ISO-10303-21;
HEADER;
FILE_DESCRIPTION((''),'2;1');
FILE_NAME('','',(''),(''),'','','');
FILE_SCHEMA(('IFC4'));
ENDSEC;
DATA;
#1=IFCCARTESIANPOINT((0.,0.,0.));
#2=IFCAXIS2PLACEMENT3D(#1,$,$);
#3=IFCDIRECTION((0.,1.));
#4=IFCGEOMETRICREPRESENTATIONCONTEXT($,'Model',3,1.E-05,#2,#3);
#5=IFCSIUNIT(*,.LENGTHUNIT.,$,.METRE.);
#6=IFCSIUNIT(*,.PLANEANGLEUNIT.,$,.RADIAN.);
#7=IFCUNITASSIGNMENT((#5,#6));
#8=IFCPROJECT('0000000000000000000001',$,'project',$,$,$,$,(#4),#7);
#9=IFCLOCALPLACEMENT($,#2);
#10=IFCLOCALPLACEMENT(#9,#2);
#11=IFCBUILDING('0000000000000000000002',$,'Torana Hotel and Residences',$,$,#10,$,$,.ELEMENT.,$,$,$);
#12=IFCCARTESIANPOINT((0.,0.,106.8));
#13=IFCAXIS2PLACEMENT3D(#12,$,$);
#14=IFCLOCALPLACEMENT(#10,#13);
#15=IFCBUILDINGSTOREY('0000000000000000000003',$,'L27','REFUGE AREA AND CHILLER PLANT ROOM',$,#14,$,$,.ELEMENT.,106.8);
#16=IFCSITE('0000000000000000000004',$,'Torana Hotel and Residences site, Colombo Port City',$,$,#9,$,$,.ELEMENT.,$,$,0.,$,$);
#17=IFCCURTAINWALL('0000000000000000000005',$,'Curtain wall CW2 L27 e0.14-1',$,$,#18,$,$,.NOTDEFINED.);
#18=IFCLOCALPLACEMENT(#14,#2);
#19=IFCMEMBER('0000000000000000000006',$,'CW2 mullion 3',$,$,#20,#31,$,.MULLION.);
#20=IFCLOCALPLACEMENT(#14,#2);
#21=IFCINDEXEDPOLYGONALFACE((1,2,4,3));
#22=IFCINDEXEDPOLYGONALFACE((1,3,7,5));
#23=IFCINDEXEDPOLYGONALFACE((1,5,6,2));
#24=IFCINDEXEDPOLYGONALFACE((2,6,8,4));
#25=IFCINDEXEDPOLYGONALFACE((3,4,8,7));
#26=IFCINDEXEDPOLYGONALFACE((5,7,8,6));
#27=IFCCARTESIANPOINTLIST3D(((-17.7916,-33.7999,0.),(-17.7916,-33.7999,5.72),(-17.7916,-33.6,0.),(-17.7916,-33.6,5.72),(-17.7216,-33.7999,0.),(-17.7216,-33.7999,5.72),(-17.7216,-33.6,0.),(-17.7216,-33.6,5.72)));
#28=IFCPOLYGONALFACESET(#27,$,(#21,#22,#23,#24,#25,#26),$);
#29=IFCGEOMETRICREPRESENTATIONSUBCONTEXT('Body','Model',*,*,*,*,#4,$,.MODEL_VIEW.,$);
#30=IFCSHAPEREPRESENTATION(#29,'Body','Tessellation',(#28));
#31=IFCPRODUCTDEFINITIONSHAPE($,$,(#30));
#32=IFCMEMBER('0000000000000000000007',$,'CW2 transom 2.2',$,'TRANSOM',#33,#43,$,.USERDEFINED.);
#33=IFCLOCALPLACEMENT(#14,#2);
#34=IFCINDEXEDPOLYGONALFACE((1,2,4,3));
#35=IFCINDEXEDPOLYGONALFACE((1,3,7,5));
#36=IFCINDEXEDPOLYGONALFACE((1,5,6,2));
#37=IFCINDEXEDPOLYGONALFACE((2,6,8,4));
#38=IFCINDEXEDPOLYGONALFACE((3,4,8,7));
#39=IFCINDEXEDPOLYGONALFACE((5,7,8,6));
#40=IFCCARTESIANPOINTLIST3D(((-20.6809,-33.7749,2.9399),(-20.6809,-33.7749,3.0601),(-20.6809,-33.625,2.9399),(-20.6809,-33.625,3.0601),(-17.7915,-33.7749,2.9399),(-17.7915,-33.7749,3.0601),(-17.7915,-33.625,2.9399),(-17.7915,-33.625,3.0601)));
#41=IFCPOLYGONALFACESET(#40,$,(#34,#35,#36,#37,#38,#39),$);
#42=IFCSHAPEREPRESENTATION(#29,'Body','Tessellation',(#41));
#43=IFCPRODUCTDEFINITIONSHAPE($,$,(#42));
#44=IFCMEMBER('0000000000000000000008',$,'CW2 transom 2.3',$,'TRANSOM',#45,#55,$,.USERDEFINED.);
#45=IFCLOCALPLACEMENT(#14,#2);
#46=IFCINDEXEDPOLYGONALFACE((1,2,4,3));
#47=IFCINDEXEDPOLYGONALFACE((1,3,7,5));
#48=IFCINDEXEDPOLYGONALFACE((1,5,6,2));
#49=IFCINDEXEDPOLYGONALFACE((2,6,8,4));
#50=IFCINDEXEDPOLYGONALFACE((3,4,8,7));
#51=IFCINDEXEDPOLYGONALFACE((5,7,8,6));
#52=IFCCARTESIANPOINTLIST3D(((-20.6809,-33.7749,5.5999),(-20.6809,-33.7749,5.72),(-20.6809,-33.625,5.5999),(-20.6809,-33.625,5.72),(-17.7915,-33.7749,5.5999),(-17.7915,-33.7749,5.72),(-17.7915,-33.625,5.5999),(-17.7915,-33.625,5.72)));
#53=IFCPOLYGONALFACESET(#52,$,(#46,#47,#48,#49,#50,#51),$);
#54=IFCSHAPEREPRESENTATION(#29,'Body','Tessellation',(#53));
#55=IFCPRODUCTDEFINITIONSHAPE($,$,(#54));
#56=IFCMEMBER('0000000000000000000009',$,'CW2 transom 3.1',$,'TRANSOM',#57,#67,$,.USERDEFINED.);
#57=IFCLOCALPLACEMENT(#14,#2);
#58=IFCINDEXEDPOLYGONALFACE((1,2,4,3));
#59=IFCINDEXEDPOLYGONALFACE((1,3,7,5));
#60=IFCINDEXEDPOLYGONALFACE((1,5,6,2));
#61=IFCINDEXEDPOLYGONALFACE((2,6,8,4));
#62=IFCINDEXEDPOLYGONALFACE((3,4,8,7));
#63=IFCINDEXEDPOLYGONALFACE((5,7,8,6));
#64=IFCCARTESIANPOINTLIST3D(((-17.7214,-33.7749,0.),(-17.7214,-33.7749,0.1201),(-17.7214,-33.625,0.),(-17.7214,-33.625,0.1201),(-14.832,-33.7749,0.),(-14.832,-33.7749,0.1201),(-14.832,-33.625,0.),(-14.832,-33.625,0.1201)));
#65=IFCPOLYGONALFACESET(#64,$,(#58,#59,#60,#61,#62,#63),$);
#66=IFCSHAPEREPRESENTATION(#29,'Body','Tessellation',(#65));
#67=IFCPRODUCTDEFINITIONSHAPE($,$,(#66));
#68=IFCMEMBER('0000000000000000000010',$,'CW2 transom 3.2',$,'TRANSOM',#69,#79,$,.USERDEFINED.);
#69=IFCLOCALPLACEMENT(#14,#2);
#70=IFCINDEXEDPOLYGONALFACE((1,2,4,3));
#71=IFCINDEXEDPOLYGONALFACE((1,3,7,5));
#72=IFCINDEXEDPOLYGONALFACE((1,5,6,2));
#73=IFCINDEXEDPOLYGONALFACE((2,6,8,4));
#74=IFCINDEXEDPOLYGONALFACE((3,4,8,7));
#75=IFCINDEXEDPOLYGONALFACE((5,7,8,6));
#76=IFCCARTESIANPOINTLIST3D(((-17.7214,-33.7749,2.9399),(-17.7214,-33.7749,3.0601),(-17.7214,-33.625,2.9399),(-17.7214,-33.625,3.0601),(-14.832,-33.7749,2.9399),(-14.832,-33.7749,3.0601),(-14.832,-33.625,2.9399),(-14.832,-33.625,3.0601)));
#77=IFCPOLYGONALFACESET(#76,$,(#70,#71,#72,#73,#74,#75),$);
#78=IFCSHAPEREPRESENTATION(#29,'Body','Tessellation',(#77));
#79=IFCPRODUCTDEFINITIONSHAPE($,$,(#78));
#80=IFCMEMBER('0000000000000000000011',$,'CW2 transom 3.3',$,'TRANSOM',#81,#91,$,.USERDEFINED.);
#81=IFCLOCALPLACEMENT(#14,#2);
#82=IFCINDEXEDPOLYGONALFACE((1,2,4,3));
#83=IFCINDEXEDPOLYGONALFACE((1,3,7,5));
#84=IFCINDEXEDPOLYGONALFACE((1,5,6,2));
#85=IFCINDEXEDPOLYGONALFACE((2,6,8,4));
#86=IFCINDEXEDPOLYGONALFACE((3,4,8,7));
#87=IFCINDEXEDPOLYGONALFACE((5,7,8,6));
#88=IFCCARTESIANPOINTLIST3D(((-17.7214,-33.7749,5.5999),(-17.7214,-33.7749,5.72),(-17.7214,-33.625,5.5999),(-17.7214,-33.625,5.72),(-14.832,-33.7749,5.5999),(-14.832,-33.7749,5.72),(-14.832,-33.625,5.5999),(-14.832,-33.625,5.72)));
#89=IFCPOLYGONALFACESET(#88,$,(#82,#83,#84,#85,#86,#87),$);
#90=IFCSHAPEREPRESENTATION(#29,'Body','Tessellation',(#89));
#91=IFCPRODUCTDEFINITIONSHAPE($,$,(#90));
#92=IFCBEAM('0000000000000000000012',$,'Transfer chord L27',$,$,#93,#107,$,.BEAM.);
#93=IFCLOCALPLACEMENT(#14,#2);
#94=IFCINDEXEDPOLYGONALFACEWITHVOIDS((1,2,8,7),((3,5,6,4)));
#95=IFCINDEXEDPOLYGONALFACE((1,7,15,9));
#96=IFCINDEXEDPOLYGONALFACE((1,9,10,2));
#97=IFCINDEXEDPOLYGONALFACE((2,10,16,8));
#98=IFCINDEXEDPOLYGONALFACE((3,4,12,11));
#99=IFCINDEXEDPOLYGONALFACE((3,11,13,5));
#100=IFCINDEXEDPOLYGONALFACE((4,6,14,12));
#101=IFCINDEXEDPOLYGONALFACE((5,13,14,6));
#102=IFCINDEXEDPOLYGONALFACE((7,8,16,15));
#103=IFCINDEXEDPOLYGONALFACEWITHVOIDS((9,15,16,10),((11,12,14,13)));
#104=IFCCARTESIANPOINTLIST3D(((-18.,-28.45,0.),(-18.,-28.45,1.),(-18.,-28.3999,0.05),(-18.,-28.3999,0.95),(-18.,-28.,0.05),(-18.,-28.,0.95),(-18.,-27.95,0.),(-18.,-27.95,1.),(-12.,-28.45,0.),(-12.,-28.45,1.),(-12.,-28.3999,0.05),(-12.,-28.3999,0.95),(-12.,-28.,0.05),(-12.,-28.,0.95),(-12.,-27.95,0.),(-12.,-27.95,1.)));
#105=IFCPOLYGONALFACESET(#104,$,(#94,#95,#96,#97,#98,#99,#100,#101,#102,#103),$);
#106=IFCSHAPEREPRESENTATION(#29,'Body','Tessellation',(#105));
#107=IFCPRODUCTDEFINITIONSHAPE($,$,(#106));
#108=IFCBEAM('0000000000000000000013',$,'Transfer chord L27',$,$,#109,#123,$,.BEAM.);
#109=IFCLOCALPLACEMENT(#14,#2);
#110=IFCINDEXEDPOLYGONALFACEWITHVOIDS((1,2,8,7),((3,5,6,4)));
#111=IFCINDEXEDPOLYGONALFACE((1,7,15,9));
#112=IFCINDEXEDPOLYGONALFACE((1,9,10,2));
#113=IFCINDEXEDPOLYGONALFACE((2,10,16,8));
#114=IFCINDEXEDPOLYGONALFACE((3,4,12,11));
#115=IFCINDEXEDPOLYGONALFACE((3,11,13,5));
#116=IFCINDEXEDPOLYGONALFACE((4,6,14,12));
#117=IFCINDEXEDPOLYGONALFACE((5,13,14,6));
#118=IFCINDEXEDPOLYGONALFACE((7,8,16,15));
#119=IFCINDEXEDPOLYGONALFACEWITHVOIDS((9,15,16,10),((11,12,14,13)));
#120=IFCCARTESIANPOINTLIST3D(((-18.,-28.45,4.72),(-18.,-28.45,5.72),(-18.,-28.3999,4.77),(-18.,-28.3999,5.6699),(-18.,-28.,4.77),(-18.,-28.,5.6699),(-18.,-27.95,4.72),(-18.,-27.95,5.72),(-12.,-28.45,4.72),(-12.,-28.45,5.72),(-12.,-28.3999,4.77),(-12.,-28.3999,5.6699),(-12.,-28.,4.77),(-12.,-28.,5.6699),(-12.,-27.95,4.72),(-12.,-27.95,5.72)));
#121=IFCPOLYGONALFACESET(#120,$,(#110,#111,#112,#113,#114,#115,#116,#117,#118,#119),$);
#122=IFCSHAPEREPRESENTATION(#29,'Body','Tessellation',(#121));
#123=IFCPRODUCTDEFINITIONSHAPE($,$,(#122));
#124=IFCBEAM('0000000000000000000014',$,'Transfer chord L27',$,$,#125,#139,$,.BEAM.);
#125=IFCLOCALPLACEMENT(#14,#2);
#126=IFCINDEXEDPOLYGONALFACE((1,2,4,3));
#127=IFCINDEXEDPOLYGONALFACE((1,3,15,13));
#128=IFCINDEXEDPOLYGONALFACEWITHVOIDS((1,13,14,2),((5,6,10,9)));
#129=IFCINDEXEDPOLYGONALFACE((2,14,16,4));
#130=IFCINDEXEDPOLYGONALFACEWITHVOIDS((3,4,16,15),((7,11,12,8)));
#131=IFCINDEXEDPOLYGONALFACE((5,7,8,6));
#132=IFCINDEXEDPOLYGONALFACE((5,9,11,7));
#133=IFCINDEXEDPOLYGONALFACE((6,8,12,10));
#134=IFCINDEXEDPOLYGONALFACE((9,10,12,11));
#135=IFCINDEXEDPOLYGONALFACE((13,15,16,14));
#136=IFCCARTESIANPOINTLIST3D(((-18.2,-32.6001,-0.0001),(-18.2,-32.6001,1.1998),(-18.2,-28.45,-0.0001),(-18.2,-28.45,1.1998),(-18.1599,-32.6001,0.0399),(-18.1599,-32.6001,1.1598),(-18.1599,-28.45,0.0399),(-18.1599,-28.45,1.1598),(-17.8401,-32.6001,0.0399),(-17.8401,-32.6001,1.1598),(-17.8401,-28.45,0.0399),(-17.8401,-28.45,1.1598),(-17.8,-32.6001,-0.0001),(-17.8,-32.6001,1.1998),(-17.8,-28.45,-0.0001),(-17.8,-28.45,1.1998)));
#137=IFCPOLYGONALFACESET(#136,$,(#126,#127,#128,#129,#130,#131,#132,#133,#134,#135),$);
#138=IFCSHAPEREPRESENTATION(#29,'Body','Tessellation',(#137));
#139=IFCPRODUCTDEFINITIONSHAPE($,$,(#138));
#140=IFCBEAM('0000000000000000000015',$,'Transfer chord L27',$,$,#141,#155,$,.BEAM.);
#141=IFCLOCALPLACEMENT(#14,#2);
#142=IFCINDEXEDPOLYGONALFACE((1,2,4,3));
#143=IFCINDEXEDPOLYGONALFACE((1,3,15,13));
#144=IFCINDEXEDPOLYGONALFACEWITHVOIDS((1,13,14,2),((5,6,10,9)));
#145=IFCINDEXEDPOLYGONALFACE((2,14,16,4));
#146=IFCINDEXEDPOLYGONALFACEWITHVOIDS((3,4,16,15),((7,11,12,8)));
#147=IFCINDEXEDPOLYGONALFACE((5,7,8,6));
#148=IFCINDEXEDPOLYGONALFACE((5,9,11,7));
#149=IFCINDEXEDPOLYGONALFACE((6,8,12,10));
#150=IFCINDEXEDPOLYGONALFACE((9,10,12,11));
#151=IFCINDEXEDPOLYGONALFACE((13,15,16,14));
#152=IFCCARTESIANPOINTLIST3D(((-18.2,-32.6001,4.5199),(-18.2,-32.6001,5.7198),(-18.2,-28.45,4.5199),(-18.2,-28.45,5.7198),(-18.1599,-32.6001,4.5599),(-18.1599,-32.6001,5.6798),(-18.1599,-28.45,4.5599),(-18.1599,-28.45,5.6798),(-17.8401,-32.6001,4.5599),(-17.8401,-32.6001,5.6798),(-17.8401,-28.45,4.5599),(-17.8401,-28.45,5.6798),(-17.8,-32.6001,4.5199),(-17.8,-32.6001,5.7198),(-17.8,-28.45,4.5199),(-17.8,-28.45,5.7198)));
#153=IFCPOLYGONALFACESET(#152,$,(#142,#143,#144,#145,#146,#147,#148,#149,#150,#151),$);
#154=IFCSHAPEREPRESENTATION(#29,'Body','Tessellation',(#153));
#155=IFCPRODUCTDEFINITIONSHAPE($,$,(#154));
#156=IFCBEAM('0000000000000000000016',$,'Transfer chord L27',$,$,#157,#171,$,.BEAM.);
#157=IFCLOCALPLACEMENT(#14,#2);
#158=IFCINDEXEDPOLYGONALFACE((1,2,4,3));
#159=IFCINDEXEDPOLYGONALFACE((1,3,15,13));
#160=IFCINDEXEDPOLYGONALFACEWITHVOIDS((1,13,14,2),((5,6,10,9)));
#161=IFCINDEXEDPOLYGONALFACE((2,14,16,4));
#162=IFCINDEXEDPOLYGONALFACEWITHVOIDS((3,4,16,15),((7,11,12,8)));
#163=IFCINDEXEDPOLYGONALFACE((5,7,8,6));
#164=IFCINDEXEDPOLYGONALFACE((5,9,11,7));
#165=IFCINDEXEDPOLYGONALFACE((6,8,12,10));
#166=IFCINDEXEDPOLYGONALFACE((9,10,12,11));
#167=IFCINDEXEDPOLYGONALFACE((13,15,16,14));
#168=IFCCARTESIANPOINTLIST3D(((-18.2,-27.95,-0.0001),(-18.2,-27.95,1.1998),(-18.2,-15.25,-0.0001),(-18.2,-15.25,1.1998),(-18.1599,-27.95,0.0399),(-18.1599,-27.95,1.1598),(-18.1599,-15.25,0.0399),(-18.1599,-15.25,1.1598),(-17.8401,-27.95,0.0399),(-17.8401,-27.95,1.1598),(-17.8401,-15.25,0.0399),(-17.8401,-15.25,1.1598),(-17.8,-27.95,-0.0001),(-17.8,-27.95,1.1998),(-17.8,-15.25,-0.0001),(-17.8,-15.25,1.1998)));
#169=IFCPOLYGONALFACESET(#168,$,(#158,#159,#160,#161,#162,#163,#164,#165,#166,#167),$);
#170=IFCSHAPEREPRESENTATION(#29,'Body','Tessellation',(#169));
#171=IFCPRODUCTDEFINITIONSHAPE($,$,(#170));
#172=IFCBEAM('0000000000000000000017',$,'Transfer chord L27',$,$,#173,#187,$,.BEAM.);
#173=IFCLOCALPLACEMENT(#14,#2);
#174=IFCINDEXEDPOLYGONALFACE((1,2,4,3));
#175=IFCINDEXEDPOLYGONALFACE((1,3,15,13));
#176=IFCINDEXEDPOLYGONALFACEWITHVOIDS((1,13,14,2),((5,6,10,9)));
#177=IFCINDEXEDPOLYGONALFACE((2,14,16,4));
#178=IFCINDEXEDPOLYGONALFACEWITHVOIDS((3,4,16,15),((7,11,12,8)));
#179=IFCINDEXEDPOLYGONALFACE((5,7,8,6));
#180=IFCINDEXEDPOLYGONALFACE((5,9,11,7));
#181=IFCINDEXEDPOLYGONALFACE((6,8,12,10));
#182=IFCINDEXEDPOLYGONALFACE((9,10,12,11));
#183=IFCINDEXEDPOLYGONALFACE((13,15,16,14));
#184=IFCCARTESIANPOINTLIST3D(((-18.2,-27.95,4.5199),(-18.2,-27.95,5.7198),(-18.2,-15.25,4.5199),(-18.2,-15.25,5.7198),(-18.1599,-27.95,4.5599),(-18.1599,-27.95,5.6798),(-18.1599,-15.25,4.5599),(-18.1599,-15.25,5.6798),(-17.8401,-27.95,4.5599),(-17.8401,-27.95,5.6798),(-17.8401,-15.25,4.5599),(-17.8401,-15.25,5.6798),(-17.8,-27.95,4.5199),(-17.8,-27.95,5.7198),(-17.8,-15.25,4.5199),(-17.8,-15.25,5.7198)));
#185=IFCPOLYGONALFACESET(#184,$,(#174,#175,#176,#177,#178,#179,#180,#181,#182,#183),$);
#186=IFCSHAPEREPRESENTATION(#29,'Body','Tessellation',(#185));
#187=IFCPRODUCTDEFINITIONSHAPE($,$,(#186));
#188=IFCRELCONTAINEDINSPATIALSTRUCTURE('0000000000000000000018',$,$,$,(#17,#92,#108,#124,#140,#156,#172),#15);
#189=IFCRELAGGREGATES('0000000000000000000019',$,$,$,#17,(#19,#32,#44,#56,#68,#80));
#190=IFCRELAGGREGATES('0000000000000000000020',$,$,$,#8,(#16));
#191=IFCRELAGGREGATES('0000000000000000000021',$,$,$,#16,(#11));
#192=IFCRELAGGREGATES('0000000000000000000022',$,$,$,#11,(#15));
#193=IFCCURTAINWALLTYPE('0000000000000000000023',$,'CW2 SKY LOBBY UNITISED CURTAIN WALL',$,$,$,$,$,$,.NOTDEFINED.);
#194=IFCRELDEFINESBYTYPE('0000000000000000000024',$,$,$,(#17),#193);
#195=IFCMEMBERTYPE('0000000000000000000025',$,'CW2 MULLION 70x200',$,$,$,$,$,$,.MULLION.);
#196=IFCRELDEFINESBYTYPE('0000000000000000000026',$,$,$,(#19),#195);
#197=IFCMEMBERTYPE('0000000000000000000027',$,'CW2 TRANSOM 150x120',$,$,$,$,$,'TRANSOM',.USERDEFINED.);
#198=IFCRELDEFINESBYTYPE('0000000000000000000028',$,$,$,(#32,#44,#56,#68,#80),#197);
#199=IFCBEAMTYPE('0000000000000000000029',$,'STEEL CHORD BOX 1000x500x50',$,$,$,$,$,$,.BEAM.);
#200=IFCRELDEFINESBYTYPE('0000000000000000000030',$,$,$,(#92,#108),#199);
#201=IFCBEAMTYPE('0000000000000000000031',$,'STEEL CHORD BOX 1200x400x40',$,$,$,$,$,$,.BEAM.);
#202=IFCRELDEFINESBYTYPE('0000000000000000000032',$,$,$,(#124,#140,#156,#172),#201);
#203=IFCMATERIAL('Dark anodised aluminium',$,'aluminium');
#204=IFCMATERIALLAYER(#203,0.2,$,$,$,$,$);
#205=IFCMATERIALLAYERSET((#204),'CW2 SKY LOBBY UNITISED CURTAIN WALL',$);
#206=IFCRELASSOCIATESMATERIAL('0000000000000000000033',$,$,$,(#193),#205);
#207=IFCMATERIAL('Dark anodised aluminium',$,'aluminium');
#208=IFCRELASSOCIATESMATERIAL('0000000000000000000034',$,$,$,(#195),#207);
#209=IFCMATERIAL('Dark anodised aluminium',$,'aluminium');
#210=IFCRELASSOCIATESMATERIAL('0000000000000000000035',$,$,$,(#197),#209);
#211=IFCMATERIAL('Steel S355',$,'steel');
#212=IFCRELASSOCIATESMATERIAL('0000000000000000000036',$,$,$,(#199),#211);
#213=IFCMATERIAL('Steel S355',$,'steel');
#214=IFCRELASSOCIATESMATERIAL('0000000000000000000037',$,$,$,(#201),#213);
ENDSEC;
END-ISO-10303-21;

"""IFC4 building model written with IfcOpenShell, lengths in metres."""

from ifc_helpers import new_model, si_unit, direction, frame, origin, origin_2d, place, context, subcontext, project, spatial, rectangle, hollow_rectangle, extrude, material, layer, layer_set, material_profile, profile_set, type_object, element, aggregate, save


model = new_model("IFC4")

# Units and contexts
model_context = context("Model", 3, precision=1e-05, world=origin(), true_north=direction((0.0, 1.0)))
body_context = subcontext(model_context, "Body", "Model", "MODEL_VIEW")
ifc_project = project(units=[si_unit("LENGTHUNIT", "METRE"), si_unit("PLANEANGLEUNIT", "RADIAN")], contexts=[model_context])

# Site, building, storey
site_placement = place(None, origin())
site = spatial("IfcSite", under=ifc_project, at=site_placement, Name="Torana Hotel and Residences site, Colombo Port City", CompositionType="ELEMENT", RefElevation=0.0)
building_placement = place(site_placement, origin())
building = spatial("IfcBuilding", under=site, at=building_placement, Name="Torana Hotel and Residences", CompositionType="ELEMENT")
storey_placement = place(building_placement, frame((0.0, 0.0, 106.8)))
storey = spatial("IfcBuildingStorey", under=building, at=storey_placement, Name="L27", Description="REFUGE AREA AND CHILLER PLANT ROOM", CompositionType="ELEMENT", Elevation=106.8)

# Curtain wall, members
ifc_material_1 = material(Name="Dark anodised aluminium", Category="aluminium")
ifc_layer_1 = layer(ifc_material_1, 0.2)
ifc_layer_set_1 = layer_set([ifc_layer_1], Name="CW2 SKY LOBBY UNITISED CURTAIN WALL")
curtain_wall_type = type_object("IfcCurtainWallType", Name="CW2 SKY LOBBY UNITISED CURTAIN WALL", PredefinedType="NOTDEFINED", material=ifc_layer_set_1)
curtain_wall_placement = place(storey_placement, origin())
curtain_wall = element("IfcCurtainWall", 1, at=curtain_wall_placement, inside=storey, type_object=curtain_wall_type, Name="Curtain wall CW2 L27 e0.14-1", PredefinedType="NOTDEFINED")
ifc_material_2 = material(Name="Dark anodised aluminium", Category="aluminium")
ifc_material_profile_1 = material_profile(ifc_material_2, rectangle(XDim=0.2, YDim=0.0701, at=origin_2d()), Name="CW2 MULLION 70x200")
ifc_profile_set_1 = profile_set([ifc_material_profile_1], Name="Dark anodised aluminium")
member_type_1 = type_object("IfcMemberType", Name="CW2 MULLION 70x200", PredefinedType="MULLION", material=ifc_profile_set_1)
member_1_placement = place(storey_placement, frame((-17.7566, -33.7, 0.0), z_axis=(0.0, 0.0, 1.0), x_axis=(0.0, 1.0, 0.0)))
member_1 = element("IfcMember", 2, at=member_1_placement, type_object=member_type_1, Name="CW2 mullion 3", PredefinedType="MULLION", context=body_context, shape_type="SweptSolid", body=[
    extrude(rectangle(XDim=0.2, YDim=0.0701, at=origin_2d()), origin(), (0.0, 0.0, 1.0), 5.72),
])
ifc_material_3 = material(Name="Dark anodised aluminium", Category="aluminium")
ifc_material_profile_2 = material_profile(ifc_material_3, rectangle(XDim=0.1499, YDim=0.1201, at=origin_2d()), Name="CW2 TRANSOM 150x120")
ifc_profile_set_2 = profile_set([ifc_material_profile_2], Name="Dark anodised aluminium")
member_type_2 = type_object("IfcMemberType", Name="CW2 TRANSOM 150x120", ElementType="TRANSOM", PredefinedType="USERDEFINED", material=ifc_profile_set_2)
member_2_placement = place(storey_placement, frame((-20.6809, -33.7, 3.0), z_axis=(1.0, 0.0, 0.0), x_axis=(0.0, 1.0, 0.0)))
member_2 = element("IfcMember", 3, at=member_2_placement, type_object=member_type_2, Name="CW2 transom 2.2", ObjectType="TRANSOM", PredefinedType="USERDEFINED", context=body_context, shape_type="SweptSolid", body=[
    extrude(rectangle(XDim=0.1499, YDim=0.1201, at=origin_2d()), origin(), (0.0, 0.0, 1.0), 2.8894),
])
member_3_placement = place(storey_placement, frame((-20.6809, -33.7, 5.6599), z_axis=(1.0, 0.0, 0.0), x_axis=(0.0, 1.0, 0.0)))
member_3 = element("IfcMember", 4, at=member_3_placement, type_object=member_type_2, Name="CW2 transom 2.3", ObjectType="TRANSOM", PredefinedType="USERDEFINED", context=body_context, shape_type="SweptSolid", body=[
    extrude(rectangle(XDim=0.1499, YDim=0.1201, at=origin_2d()), origin(), (0.0, 0.0, 1.0), 2.8894),
])
member_4_placement = place(storey_placement, frame((-17.7214, -33.7, 0.0601), z_axis=(1.0, 0.0, 0.0), x_axis=(0.0, 1.0, 0.0)))
member_4 = element("IfcMember", 5, at=member_4_placement, type_object=member_type_2, Name="CW2 transom 3.1", ObjectType="TRANSOM", PredefinedType="USERDEFINED", context=body_context, shape_type="SweptSolid", body=[
    extrude(rectangle(XDim=0.1499, YDim=0.1201, at=origin_2d()), origin(), (0.0, 0.0, 1.0), 2.8894),
])
member_5_placement = place(storey_placement, frame((-17.7214, -33.7, 3.0), z_axis=(1.0, 0.0, 0.0), x_axis=(0.0, 1.0, 0.0)))
member_5 = element("IfcMember", 6, at=member_5_placement, type_object=member_type_2, Name="CW2 transom 3.2", ObjectType="TRANSOM", PredefinedType="USERDEFINED", context=body_context, shape_type="SweptSolid", body=[
    extrude(rectangle(XDim=0.1499, YDim=0.1201, at=origin_2d()), origin(), (0.0, 0.0, 1.0), 2.8894),
])
member_6_placement = place(storey_placement, frame((-17.7214, -33.7, 5.6599), z_axis=(1.0, 0.0, 0.0), x_axis=(0.0, 1.0, 0.0)))
member_6 = element("IfcMember", 7, at=member_6_placement, type_object=member_type_2, Name="CW2 transom 3.3", ObjectType="TRANSOM", PredefinedType="USERDEFINED", context=body_context, shape_type="SweptSolid", body=[
    extrude(rectangle(XDim=0.1499, YDim=0.1201, at=origin_2d()), origin(), (0.0, 0.0, 1.0), 2.8894),
])

# Beams
ifc_material_4 = material(Name="Steel S355", Category="steel")
ifc_material_profile_3 = material_profile(ifc_material_4, hollow_rectangle(XDim=0.5, YDim=1.0, WallThickness=0.05, at=origin_2d()), Name="BOX 1000x500x50")
ifc_profile_set_3 = profile_set([ifc_material_profile_3], Name="Steel S355")
beam_type_1 = type_object("IfcBeamType", Name="STEEL CHORD BOX 1000x500x50", PredefinedType="BEAM", material=ifc_profile_set_3)
for number, where, z_axis, x_axis, name in (
    (8, (-18.0, -28.2, 0.5), (1.0, 0.0, 0.0), (0.0, 1.0, 0.0), "Transfer chord L27"),
    (9, (-18.0, -28.2, 5.22), (1.0, 0.0, 0.0), (0.0, 1.0, 0.0), "Transfer chord L27"),
):
    element("IfcBeam", number, at=place(storey_placement, frame(where, z_axis=z_axis, x_axis=x_axis)), inside=storey, type_object=beam_type_1, Name=name, PredefinedType="BEAM", context=body_context, shape_type="SweptSolid", body=[
        extrude(hollow_rectangle(XDim=0.5, YDim=1.0, WallThickness=0.05, at=origin_2d()), origin(), (0.0, 0.0, 1.0), 6.0),
    ])
ifc_material_5 = material(Name="Steel S355", Category="steel")
ifc_material_profile_4 = material_profile(ifc_material_5, hollow_rectangle(XDim=0.3999, YDim=1.2, WallThickness=0.04, at=origin_2d()), Name="BOX 1200x400x40")
ifc_profile_set_4 = profile_set([ifc_material_profile_4], Name="Steel S355")
beam_type_2 = type_object("IfcBeamType", Name="STEEL CHORD BOX 1200x400x40", PredefinedType="BEAM", material=ifc_profile_set_4)
for number, where, z_axis, x_axis, name in (
    (10, (-18.0, -32.6001, 0.5999), (0.0, 1.0, 0.0), (-1.0, 0.0, 0.0), "Transfer chord L27"),
    (11, (-18.0, -32.6001, 5.1199), (0.0, 1.0, 0.0), (-1.0, 0.0, 0.0), "Transfer chord L27"),
):
    element("IfcBeam", number, at=place(storey_placement, frame(where, z_axis=z_axis, x_axis=x_axis)), inside=storey, type_object=beam_type_2, Name=name, PredefinedType="BEAM", context=body_context, shape_type="SweptSolid", body=[
        extrude(hollow_rectangle(XDim=0.3999, YDim=1.2, WallThickness=0.04, at=origin_2d()), origin(), (0.0, 0.0, 1.0), 4.1501),
    ])
for number, where, z_axis, x_axis, name in (
    (12, (-18.0, -27.95, 0.5999), (0.0, 1.0, 0.0), (-1.0, 0.0, 0.0), "Transfer chord L27"),
    (13, (-18.0, -27.95, 5.1199), (0.0, 1.0, 0.0), (-1.0, 0.0, 0.0), "Transfer chord L27"),
):
    element("IfcBeam", number, at=place(storey_placement, frame(where, z_axis=z_axis, x_axis=x_axis)), inside=storey, type_object=beam_type_2, Name=name, PredefinedType="BEAM", context=body_context, shape_type="SweptSolid", body=[
        extrude(hollow_rectangle(XDim=0.3999, YDim=1.2, WallThickness=0.04, at=origin_2d()), origin(), (0.0, 0.0, 1.0), 12.7),
    ])

aggregate(curtain_wall, [member_1, member_2, member_3, member_4, member_5, member_6])

save(model, "model.ifc")
